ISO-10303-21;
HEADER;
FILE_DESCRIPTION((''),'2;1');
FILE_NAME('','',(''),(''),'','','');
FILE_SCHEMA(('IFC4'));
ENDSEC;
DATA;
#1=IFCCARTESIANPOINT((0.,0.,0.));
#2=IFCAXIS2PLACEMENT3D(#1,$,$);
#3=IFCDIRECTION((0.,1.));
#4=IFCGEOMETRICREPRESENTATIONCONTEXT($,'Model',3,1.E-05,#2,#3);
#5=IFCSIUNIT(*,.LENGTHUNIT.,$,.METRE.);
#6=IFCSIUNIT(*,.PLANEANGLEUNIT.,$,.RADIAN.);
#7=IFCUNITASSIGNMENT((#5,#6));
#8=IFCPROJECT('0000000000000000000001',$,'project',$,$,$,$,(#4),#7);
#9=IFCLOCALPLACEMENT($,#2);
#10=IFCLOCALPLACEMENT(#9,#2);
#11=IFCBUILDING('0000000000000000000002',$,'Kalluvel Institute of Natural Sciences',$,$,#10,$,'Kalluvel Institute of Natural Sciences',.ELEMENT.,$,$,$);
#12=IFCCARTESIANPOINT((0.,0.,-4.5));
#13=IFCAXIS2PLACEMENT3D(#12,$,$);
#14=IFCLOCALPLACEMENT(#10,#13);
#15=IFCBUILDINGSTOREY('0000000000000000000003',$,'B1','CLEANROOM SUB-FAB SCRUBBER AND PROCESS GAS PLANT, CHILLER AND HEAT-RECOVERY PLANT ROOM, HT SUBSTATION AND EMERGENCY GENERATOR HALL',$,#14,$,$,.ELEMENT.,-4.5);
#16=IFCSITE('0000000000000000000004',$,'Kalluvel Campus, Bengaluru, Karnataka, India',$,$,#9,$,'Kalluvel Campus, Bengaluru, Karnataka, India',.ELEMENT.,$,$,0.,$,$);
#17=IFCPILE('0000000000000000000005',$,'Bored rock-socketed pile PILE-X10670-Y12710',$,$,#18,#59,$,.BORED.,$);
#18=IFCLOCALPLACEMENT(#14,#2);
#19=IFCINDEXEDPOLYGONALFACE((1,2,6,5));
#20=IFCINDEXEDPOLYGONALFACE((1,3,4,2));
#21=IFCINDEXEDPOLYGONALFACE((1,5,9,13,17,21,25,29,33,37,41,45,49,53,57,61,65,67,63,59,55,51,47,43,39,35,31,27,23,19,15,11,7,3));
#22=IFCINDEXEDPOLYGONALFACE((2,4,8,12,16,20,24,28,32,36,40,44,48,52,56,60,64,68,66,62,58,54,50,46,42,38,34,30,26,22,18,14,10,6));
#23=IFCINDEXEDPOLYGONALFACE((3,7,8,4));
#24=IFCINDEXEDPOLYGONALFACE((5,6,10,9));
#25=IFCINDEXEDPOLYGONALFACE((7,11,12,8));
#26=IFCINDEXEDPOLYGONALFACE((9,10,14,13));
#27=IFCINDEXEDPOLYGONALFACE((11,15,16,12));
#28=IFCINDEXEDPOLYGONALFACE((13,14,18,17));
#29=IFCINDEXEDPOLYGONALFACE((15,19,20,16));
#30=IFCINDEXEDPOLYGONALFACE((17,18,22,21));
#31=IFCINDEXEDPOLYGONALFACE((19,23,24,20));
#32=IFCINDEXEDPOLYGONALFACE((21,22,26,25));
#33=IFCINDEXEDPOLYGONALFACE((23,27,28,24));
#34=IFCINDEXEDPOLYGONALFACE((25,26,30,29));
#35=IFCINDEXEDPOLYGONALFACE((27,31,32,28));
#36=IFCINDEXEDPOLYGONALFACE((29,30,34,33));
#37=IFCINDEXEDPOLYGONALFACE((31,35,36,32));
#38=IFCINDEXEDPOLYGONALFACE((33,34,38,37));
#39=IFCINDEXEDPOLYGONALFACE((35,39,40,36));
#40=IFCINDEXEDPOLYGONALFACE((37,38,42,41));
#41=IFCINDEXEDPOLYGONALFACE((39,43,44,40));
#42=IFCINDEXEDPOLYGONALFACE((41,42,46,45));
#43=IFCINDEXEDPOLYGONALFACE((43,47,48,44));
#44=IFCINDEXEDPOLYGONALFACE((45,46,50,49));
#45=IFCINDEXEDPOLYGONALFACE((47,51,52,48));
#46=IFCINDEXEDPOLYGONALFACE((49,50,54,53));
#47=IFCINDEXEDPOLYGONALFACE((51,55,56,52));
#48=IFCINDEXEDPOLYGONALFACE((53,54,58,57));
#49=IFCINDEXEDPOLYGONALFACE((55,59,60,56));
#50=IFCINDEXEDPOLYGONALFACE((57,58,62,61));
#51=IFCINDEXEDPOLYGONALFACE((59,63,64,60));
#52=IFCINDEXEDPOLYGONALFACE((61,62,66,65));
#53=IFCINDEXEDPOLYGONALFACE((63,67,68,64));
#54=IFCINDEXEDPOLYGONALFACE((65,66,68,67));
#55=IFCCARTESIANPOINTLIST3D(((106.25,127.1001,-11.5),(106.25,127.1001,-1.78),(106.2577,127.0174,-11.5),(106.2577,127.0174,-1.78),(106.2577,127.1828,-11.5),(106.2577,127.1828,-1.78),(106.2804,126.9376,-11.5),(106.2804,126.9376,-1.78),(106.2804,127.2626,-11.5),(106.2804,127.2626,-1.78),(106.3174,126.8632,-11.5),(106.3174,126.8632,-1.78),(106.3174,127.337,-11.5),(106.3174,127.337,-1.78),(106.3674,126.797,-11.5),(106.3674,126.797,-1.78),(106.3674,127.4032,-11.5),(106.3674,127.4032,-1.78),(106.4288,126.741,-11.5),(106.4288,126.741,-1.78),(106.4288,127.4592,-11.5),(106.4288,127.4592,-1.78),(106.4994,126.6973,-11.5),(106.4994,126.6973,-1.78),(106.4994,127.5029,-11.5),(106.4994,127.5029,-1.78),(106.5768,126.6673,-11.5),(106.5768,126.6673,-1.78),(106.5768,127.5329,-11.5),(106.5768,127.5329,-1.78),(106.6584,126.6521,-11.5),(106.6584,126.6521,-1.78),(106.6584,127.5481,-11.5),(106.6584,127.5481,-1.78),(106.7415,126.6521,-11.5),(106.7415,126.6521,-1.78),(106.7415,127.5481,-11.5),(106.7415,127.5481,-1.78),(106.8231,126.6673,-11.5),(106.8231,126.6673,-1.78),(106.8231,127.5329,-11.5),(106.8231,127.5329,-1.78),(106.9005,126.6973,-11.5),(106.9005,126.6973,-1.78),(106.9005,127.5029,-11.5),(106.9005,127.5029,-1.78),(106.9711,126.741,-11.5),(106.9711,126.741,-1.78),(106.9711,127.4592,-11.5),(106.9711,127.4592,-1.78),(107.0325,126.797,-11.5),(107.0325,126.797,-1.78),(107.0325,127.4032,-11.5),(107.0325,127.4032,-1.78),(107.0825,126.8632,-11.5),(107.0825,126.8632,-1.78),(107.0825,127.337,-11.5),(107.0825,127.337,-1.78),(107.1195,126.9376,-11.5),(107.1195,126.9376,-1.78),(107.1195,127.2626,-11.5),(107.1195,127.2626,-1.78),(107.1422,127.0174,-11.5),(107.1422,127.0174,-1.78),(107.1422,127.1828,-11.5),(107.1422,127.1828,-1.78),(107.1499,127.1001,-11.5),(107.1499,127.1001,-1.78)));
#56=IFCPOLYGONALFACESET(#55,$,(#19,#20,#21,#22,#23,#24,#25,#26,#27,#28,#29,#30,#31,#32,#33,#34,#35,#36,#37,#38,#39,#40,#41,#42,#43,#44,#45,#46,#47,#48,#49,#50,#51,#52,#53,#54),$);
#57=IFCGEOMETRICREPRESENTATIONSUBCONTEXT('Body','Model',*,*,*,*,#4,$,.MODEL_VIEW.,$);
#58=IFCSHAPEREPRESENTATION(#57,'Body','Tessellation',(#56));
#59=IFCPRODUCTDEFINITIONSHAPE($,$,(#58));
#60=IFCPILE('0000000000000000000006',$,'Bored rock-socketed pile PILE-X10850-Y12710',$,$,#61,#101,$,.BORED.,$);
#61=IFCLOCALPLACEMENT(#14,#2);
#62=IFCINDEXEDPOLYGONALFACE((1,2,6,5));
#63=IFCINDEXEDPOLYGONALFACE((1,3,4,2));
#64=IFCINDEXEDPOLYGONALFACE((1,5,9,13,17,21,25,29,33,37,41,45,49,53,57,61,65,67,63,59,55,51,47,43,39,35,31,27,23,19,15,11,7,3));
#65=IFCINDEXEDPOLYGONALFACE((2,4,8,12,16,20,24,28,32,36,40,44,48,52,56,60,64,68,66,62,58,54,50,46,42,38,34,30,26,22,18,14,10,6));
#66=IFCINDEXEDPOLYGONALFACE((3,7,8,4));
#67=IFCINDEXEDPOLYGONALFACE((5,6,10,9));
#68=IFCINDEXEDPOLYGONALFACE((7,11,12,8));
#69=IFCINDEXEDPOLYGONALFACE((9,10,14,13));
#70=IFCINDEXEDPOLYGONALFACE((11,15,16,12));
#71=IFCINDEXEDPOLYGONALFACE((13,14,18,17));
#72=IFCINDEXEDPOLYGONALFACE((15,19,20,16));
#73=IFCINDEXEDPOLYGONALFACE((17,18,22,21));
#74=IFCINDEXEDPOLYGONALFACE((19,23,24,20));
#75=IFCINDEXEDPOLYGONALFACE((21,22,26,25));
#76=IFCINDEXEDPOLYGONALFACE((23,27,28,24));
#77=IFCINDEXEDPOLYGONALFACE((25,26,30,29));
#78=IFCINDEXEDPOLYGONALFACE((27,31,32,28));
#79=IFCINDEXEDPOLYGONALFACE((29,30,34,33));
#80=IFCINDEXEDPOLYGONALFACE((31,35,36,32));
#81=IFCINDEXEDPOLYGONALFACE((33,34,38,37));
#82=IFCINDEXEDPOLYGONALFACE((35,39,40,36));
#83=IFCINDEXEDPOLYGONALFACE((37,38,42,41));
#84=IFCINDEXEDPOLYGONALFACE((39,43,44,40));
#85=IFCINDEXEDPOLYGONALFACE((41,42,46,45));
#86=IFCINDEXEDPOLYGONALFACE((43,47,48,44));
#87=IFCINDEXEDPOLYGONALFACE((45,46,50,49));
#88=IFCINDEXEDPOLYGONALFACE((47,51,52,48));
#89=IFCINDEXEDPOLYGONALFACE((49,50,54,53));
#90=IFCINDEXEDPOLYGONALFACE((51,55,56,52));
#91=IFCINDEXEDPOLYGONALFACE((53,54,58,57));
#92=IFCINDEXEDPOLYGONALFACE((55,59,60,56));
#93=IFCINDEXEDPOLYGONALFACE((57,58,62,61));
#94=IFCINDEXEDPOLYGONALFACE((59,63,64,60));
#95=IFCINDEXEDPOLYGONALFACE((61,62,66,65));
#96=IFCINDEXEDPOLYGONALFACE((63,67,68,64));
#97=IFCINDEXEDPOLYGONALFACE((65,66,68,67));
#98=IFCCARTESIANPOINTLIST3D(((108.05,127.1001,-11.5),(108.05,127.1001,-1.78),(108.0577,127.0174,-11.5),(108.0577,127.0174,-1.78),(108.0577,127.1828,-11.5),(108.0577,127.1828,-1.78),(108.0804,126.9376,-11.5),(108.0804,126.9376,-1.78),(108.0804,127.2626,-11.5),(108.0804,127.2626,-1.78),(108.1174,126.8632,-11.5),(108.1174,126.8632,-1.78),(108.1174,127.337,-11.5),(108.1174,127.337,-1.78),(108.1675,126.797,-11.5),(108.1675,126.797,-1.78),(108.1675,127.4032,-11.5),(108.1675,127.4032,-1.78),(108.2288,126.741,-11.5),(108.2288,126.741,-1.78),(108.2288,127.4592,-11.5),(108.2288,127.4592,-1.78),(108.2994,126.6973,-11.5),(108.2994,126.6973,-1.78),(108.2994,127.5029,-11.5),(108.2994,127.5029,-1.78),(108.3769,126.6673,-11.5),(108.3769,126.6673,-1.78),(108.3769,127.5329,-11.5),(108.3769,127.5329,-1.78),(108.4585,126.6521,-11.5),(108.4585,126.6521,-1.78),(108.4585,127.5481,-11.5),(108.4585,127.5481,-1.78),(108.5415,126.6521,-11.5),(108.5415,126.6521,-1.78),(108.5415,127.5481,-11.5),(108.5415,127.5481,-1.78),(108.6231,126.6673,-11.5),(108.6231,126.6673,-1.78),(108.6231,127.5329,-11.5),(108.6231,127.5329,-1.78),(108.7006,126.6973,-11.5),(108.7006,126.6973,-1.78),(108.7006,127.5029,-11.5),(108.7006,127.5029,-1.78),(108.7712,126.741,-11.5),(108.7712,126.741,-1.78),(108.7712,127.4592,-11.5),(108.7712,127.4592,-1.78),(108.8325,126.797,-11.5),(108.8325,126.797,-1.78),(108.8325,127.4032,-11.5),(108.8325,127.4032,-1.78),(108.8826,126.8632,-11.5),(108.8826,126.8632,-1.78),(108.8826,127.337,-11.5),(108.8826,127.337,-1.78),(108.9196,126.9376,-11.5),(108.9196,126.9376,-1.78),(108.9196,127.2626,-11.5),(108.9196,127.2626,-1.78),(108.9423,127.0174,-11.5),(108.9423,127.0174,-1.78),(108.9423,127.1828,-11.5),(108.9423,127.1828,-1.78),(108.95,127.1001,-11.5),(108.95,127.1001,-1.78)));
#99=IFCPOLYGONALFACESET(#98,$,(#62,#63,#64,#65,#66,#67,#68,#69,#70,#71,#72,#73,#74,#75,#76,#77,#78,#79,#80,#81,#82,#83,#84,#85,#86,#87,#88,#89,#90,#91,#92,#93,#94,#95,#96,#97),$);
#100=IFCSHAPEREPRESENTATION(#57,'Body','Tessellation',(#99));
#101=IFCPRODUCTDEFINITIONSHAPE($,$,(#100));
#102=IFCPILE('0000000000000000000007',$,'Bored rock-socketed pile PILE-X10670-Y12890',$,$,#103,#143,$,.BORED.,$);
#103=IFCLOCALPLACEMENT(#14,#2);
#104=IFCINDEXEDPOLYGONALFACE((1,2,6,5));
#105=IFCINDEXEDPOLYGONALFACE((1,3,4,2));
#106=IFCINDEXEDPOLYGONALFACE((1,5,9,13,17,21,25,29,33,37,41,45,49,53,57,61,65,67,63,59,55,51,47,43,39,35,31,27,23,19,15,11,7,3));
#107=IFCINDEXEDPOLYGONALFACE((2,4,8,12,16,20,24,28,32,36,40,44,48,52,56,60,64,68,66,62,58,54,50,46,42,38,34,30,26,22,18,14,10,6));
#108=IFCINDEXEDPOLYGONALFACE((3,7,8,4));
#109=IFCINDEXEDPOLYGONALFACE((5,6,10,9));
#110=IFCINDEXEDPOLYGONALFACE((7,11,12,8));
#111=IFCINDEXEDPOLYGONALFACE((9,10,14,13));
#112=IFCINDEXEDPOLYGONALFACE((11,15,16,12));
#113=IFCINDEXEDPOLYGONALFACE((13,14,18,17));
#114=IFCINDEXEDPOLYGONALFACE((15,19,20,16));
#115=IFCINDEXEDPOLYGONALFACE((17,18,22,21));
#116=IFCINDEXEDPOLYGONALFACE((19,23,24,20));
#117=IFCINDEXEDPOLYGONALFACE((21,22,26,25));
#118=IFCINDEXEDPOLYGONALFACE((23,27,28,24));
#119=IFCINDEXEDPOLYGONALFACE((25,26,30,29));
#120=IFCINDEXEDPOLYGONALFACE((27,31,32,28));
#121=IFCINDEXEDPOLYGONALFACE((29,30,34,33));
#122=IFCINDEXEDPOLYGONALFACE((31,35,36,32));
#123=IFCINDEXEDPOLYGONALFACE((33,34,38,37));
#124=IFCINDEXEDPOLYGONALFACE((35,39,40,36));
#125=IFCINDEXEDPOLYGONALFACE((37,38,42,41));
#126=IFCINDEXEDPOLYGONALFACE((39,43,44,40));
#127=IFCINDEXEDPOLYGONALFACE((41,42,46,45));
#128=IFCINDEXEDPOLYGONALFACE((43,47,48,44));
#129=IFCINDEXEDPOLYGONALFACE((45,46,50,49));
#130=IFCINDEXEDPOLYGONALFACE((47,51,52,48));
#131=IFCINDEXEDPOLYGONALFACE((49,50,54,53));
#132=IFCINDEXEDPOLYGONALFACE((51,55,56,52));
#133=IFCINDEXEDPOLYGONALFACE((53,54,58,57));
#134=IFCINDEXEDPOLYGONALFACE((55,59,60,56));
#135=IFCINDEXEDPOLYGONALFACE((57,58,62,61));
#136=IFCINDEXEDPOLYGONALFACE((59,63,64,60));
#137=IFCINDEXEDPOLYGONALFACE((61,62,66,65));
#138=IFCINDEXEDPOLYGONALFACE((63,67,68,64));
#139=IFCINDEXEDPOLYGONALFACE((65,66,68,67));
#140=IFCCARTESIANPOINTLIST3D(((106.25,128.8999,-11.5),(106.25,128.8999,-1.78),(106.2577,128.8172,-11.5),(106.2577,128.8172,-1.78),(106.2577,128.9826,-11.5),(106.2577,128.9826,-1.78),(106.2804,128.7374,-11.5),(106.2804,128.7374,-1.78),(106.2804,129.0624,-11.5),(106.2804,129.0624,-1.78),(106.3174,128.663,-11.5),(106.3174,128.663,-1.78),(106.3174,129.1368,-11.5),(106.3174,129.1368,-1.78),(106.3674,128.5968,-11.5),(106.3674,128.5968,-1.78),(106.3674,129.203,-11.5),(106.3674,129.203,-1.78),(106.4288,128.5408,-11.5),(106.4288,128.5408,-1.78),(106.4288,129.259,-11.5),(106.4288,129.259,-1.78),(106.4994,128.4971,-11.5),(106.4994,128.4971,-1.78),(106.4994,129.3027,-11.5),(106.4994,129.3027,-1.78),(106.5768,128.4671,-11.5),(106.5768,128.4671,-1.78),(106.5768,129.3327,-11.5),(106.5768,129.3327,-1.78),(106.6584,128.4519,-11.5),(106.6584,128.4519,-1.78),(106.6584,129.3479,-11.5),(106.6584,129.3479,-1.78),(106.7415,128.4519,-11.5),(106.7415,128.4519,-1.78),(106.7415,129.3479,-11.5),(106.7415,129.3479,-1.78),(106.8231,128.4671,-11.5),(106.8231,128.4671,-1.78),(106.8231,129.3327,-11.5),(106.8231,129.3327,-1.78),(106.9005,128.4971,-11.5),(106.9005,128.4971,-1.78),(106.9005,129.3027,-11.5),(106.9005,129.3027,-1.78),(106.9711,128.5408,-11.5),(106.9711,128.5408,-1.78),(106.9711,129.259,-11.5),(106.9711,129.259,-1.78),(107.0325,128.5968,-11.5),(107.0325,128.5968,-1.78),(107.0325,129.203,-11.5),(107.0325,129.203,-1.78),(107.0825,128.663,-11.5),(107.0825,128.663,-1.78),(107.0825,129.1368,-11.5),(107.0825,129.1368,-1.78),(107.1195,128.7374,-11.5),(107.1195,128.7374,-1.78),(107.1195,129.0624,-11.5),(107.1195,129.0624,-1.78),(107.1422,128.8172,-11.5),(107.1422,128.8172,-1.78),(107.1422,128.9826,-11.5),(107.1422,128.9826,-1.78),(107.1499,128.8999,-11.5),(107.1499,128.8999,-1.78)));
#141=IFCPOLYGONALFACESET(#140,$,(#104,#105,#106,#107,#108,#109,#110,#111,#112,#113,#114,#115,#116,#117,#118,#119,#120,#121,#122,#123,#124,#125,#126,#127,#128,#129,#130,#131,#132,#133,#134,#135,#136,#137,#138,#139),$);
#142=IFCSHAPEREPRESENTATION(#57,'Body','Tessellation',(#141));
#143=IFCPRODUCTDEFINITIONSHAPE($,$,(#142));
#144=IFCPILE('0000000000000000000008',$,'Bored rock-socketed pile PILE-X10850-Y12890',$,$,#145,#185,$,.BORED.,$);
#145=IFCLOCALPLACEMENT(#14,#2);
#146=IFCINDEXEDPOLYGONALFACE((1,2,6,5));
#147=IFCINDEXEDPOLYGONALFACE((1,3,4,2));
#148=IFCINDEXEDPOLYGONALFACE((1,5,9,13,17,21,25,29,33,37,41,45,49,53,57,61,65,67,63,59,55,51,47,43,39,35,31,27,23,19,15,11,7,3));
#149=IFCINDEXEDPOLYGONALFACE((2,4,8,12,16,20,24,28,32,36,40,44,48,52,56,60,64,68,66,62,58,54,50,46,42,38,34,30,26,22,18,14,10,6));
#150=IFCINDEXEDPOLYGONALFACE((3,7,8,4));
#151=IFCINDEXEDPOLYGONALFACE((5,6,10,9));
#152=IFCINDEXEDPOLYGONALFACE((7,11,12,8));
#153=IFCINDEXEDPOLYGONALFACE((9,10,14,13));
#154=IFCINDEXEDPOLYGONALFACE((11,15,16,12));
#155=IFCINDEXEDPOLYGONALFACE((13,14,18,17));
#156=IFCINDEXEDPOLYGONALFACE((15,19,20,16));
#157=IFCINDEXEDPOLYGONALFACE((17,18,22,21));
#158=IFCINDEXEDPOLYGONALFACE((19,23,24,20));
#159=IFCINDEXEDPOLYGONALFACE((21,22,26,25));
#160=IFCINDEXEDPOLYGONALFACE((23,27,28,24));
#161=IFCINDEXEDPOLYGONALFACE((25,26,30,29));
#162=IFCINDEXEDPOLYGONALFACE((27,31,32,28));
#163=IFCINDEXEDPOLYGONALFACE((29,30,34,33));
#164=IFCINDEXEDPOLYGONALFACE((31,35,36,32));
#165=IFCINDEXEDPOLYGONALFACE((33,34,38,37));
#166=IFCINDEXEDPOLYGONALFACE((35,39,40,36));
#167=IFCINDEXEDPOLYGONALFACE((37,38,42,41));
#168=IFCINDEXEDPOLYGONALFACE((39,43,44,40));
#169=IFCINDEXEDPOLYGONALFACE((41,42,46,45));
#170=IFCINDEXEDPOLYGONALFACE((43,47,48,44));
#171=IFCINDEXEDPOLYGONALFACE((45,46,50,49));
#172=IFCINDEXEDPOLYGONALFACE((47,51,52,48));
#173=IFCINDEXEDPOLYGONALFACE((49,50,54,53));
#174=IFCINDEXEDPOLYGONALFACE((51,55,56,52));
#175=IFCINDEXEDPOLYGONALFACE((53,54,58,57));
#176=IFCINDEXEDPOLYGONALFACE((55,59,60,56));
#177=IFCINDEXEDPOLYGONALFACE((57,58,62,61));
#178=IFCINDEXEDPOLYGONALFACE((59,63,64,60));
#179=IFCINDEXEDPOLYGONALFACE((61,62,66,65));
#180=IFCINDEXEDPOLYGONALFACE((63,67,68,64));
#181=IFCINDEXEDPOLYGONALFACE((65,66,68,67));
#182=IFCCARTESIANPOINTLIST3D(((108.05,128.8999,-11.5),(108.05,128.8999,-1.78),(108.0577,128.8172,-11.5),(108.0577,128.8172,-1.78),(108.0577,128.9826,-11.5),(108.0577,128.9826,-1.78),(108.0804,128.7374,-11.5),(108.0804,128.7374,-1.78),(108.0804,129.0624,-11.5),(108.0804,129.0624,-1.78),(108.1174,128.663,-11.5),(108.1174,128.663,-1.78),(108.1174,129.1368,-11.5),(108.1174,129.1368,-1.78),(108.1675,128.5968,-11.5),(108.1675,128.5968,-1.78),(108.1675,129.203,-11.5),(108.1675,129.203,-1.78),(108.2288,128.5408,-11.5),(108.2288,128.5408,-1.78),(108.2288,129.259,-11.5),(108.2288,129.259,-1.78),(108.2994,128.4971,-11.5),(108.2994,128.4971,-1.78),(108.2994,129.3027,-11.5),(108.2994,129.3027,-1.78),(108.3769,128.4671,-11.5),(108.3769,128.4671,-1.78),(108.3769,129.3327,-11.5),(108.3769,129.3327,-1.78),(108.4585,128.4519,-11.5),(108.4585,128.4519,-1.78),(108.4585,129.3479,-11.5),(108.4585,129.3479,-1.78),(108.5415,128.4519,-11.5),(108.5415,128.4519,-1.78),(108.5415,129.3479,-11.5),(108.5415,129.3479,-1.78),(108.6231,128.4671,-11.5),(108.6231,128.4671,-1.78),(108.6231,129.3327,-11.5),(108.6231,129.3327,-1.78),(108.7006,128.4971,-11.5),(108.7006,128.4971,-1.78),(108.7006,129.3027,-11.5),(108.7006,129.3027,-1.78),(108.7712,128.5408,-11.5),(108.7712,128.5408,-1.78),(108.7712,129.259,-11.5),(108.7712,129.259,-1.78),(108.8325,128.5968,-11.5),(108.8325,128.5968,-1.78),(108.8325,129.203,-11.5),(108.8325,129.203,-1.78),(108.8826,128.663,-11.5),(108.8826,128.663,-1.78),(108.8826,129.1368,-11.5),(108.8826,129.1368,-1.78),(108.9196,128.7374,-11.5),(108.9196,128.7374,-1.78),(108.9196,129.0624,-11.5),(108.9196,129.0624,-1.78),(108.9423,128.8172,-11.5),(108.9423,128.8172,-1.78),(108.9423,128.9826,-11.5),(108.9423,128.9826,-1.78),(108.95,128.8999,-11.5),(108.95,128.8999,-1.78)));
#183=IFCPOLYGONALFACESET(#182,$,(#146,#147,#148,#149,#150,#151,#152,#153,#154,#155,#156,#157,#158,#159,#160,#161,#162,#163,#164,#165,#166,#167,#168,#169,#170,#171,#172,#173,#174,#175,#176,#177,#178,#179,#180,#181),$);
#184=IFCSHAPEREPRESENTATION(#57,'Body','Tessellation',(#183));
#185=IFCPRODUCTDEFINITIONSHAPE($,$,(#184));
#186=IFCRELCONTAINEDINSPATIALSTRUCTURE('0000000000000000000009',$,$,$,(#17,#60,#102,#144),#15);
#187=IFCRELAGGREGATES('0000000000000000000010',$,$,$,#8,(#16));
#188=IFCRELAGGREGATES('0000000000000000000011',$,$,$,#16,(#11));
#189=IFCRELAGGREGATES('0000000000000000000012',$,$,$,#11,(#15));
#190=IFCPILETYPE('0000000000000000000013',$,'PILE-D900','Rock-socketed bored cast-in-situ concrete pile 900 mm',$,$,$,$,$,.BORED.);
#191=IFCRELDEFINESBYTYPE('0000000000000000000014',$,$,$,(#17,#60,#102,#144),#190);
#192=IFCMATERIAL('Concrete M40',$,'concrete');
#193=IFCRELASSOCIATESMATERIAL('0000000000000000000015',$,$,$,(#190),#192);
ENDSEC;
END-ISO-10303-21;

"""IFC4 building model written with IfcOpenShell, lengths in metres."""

from ifc_helpers import new_model, si_unit, direction, frame, origin, origin_2d, place, context, subcontext, project, spatial, circle, extrude, material, material_profile, profile_set, type_object, element, save


model = new_model("IFC4")

# Units and contexts
model_context = context("Model", 3, precision=1e-05, world=origin(), true_north=direction((0.0, 1.0)))
body_context = subcontext(model_context, "Body", "Model", "MODEL_VIEW")
ifc_project = project(units=[si_unit("LENGTHUNIT", "METRE"), si_unit("PLANEANGLEUNIT", "RADIAN")], contexts=[model_context])

# Site, building, storey
site_placement = place(None, origin())
site = spatial("IfcSite", under=ifc_project, at=site_placement, Name="Kalluvel Campus, Bengaluru, Karnataka, India", LongName="Kalluvel Campus, Bengaluru, Karnataka, India", CompositionType="ELEMENT", RefElevation=0.0)
building_placement = place(site_placement, origin())
building = spatial("IfcBuilding", under=site, at=building_placement, Name="Kalluvel Institute of Natural Sciences", LongName="Kalluvel Institute of Natural Sciences", CompositionType="ELEMENT")
storey_placement = place(building_placement, frame((0.0, 0.0, -4.5)))
storey = spatial("IfcBuildingStorey", under=building, at=storey_placement, Name="B1", Description="CLEANROOM SUB-FAB SCRUBBER AND PROCESS GAS PLANT, CHILLER AND HEAT-RECOVERY PLANT ROOM, HT SUBSTATION AND EMERGENCY GENERATOR HALL", CompositionType="ELEMENT", Elevation=-4.5)

# Shared definitions
ifc_material_1 = material(Name="Concrete M40", Category="concrete")

# Piles
ifc_material_profile_1 = material_profile(ifc_material_1, circle(Radius=0.45, at=origin_2d()), Name="PILE D900")
ifc_profile_set_1 = profile_set([ifc_material_profile_1], Name="Concrete M40")
pile_type_1 = type_object("IfcPileType", Name="PILE-D900", Description="Rock-socketed bored cast-in-situ concrete pile 900 mm", PredefinedType="BORED", material=ifc_profile_set_1)
for number, where, z_axis, x_axis, name in (
    (1, (106.7, 127.1001, -1.78), (0.0, 0.0, -1.0), (1.0, 0.0, 0.0), "Bored rock-socketed pile PILE-X10670-Y12710"),
    (2, (108.5, 127.1001, -1.78), (0.0, 0.0, -1.0), (1.0, 0.0, 0.0), "Bored rock-socketed pile PILE-X10850-Y12710"),
    (3, (106.7, 128.8999, -1.78), (0.0, 0.0, -1.0), (1.0, 0.0, 0.0), "Bored rock-socketed pile PILE-X10670-Y12890"),
    (4, (108.5, 128.8999, -1.78), (0.0, 0.0, -1.0), (1.0, 0.0, 0.0), "Bored rock-socketed pile PILE-X10850-Y12890"),
):
    element("IfcPile", number, at=place(storey_placement, frame(where, z_axis=z_axis, x_axis=x_axis)), inside=storey, type_object=pile_type_1, Name=name, PredefinedType="BORED", context=body_context, shape_type="SweptSolid", body=[
        extrude(circle(Radius=0.45, at=origin_2d()), origin(), (0.0, 0.0, 1.0), 9.72),
    ])

save(model, "model.ifc")
